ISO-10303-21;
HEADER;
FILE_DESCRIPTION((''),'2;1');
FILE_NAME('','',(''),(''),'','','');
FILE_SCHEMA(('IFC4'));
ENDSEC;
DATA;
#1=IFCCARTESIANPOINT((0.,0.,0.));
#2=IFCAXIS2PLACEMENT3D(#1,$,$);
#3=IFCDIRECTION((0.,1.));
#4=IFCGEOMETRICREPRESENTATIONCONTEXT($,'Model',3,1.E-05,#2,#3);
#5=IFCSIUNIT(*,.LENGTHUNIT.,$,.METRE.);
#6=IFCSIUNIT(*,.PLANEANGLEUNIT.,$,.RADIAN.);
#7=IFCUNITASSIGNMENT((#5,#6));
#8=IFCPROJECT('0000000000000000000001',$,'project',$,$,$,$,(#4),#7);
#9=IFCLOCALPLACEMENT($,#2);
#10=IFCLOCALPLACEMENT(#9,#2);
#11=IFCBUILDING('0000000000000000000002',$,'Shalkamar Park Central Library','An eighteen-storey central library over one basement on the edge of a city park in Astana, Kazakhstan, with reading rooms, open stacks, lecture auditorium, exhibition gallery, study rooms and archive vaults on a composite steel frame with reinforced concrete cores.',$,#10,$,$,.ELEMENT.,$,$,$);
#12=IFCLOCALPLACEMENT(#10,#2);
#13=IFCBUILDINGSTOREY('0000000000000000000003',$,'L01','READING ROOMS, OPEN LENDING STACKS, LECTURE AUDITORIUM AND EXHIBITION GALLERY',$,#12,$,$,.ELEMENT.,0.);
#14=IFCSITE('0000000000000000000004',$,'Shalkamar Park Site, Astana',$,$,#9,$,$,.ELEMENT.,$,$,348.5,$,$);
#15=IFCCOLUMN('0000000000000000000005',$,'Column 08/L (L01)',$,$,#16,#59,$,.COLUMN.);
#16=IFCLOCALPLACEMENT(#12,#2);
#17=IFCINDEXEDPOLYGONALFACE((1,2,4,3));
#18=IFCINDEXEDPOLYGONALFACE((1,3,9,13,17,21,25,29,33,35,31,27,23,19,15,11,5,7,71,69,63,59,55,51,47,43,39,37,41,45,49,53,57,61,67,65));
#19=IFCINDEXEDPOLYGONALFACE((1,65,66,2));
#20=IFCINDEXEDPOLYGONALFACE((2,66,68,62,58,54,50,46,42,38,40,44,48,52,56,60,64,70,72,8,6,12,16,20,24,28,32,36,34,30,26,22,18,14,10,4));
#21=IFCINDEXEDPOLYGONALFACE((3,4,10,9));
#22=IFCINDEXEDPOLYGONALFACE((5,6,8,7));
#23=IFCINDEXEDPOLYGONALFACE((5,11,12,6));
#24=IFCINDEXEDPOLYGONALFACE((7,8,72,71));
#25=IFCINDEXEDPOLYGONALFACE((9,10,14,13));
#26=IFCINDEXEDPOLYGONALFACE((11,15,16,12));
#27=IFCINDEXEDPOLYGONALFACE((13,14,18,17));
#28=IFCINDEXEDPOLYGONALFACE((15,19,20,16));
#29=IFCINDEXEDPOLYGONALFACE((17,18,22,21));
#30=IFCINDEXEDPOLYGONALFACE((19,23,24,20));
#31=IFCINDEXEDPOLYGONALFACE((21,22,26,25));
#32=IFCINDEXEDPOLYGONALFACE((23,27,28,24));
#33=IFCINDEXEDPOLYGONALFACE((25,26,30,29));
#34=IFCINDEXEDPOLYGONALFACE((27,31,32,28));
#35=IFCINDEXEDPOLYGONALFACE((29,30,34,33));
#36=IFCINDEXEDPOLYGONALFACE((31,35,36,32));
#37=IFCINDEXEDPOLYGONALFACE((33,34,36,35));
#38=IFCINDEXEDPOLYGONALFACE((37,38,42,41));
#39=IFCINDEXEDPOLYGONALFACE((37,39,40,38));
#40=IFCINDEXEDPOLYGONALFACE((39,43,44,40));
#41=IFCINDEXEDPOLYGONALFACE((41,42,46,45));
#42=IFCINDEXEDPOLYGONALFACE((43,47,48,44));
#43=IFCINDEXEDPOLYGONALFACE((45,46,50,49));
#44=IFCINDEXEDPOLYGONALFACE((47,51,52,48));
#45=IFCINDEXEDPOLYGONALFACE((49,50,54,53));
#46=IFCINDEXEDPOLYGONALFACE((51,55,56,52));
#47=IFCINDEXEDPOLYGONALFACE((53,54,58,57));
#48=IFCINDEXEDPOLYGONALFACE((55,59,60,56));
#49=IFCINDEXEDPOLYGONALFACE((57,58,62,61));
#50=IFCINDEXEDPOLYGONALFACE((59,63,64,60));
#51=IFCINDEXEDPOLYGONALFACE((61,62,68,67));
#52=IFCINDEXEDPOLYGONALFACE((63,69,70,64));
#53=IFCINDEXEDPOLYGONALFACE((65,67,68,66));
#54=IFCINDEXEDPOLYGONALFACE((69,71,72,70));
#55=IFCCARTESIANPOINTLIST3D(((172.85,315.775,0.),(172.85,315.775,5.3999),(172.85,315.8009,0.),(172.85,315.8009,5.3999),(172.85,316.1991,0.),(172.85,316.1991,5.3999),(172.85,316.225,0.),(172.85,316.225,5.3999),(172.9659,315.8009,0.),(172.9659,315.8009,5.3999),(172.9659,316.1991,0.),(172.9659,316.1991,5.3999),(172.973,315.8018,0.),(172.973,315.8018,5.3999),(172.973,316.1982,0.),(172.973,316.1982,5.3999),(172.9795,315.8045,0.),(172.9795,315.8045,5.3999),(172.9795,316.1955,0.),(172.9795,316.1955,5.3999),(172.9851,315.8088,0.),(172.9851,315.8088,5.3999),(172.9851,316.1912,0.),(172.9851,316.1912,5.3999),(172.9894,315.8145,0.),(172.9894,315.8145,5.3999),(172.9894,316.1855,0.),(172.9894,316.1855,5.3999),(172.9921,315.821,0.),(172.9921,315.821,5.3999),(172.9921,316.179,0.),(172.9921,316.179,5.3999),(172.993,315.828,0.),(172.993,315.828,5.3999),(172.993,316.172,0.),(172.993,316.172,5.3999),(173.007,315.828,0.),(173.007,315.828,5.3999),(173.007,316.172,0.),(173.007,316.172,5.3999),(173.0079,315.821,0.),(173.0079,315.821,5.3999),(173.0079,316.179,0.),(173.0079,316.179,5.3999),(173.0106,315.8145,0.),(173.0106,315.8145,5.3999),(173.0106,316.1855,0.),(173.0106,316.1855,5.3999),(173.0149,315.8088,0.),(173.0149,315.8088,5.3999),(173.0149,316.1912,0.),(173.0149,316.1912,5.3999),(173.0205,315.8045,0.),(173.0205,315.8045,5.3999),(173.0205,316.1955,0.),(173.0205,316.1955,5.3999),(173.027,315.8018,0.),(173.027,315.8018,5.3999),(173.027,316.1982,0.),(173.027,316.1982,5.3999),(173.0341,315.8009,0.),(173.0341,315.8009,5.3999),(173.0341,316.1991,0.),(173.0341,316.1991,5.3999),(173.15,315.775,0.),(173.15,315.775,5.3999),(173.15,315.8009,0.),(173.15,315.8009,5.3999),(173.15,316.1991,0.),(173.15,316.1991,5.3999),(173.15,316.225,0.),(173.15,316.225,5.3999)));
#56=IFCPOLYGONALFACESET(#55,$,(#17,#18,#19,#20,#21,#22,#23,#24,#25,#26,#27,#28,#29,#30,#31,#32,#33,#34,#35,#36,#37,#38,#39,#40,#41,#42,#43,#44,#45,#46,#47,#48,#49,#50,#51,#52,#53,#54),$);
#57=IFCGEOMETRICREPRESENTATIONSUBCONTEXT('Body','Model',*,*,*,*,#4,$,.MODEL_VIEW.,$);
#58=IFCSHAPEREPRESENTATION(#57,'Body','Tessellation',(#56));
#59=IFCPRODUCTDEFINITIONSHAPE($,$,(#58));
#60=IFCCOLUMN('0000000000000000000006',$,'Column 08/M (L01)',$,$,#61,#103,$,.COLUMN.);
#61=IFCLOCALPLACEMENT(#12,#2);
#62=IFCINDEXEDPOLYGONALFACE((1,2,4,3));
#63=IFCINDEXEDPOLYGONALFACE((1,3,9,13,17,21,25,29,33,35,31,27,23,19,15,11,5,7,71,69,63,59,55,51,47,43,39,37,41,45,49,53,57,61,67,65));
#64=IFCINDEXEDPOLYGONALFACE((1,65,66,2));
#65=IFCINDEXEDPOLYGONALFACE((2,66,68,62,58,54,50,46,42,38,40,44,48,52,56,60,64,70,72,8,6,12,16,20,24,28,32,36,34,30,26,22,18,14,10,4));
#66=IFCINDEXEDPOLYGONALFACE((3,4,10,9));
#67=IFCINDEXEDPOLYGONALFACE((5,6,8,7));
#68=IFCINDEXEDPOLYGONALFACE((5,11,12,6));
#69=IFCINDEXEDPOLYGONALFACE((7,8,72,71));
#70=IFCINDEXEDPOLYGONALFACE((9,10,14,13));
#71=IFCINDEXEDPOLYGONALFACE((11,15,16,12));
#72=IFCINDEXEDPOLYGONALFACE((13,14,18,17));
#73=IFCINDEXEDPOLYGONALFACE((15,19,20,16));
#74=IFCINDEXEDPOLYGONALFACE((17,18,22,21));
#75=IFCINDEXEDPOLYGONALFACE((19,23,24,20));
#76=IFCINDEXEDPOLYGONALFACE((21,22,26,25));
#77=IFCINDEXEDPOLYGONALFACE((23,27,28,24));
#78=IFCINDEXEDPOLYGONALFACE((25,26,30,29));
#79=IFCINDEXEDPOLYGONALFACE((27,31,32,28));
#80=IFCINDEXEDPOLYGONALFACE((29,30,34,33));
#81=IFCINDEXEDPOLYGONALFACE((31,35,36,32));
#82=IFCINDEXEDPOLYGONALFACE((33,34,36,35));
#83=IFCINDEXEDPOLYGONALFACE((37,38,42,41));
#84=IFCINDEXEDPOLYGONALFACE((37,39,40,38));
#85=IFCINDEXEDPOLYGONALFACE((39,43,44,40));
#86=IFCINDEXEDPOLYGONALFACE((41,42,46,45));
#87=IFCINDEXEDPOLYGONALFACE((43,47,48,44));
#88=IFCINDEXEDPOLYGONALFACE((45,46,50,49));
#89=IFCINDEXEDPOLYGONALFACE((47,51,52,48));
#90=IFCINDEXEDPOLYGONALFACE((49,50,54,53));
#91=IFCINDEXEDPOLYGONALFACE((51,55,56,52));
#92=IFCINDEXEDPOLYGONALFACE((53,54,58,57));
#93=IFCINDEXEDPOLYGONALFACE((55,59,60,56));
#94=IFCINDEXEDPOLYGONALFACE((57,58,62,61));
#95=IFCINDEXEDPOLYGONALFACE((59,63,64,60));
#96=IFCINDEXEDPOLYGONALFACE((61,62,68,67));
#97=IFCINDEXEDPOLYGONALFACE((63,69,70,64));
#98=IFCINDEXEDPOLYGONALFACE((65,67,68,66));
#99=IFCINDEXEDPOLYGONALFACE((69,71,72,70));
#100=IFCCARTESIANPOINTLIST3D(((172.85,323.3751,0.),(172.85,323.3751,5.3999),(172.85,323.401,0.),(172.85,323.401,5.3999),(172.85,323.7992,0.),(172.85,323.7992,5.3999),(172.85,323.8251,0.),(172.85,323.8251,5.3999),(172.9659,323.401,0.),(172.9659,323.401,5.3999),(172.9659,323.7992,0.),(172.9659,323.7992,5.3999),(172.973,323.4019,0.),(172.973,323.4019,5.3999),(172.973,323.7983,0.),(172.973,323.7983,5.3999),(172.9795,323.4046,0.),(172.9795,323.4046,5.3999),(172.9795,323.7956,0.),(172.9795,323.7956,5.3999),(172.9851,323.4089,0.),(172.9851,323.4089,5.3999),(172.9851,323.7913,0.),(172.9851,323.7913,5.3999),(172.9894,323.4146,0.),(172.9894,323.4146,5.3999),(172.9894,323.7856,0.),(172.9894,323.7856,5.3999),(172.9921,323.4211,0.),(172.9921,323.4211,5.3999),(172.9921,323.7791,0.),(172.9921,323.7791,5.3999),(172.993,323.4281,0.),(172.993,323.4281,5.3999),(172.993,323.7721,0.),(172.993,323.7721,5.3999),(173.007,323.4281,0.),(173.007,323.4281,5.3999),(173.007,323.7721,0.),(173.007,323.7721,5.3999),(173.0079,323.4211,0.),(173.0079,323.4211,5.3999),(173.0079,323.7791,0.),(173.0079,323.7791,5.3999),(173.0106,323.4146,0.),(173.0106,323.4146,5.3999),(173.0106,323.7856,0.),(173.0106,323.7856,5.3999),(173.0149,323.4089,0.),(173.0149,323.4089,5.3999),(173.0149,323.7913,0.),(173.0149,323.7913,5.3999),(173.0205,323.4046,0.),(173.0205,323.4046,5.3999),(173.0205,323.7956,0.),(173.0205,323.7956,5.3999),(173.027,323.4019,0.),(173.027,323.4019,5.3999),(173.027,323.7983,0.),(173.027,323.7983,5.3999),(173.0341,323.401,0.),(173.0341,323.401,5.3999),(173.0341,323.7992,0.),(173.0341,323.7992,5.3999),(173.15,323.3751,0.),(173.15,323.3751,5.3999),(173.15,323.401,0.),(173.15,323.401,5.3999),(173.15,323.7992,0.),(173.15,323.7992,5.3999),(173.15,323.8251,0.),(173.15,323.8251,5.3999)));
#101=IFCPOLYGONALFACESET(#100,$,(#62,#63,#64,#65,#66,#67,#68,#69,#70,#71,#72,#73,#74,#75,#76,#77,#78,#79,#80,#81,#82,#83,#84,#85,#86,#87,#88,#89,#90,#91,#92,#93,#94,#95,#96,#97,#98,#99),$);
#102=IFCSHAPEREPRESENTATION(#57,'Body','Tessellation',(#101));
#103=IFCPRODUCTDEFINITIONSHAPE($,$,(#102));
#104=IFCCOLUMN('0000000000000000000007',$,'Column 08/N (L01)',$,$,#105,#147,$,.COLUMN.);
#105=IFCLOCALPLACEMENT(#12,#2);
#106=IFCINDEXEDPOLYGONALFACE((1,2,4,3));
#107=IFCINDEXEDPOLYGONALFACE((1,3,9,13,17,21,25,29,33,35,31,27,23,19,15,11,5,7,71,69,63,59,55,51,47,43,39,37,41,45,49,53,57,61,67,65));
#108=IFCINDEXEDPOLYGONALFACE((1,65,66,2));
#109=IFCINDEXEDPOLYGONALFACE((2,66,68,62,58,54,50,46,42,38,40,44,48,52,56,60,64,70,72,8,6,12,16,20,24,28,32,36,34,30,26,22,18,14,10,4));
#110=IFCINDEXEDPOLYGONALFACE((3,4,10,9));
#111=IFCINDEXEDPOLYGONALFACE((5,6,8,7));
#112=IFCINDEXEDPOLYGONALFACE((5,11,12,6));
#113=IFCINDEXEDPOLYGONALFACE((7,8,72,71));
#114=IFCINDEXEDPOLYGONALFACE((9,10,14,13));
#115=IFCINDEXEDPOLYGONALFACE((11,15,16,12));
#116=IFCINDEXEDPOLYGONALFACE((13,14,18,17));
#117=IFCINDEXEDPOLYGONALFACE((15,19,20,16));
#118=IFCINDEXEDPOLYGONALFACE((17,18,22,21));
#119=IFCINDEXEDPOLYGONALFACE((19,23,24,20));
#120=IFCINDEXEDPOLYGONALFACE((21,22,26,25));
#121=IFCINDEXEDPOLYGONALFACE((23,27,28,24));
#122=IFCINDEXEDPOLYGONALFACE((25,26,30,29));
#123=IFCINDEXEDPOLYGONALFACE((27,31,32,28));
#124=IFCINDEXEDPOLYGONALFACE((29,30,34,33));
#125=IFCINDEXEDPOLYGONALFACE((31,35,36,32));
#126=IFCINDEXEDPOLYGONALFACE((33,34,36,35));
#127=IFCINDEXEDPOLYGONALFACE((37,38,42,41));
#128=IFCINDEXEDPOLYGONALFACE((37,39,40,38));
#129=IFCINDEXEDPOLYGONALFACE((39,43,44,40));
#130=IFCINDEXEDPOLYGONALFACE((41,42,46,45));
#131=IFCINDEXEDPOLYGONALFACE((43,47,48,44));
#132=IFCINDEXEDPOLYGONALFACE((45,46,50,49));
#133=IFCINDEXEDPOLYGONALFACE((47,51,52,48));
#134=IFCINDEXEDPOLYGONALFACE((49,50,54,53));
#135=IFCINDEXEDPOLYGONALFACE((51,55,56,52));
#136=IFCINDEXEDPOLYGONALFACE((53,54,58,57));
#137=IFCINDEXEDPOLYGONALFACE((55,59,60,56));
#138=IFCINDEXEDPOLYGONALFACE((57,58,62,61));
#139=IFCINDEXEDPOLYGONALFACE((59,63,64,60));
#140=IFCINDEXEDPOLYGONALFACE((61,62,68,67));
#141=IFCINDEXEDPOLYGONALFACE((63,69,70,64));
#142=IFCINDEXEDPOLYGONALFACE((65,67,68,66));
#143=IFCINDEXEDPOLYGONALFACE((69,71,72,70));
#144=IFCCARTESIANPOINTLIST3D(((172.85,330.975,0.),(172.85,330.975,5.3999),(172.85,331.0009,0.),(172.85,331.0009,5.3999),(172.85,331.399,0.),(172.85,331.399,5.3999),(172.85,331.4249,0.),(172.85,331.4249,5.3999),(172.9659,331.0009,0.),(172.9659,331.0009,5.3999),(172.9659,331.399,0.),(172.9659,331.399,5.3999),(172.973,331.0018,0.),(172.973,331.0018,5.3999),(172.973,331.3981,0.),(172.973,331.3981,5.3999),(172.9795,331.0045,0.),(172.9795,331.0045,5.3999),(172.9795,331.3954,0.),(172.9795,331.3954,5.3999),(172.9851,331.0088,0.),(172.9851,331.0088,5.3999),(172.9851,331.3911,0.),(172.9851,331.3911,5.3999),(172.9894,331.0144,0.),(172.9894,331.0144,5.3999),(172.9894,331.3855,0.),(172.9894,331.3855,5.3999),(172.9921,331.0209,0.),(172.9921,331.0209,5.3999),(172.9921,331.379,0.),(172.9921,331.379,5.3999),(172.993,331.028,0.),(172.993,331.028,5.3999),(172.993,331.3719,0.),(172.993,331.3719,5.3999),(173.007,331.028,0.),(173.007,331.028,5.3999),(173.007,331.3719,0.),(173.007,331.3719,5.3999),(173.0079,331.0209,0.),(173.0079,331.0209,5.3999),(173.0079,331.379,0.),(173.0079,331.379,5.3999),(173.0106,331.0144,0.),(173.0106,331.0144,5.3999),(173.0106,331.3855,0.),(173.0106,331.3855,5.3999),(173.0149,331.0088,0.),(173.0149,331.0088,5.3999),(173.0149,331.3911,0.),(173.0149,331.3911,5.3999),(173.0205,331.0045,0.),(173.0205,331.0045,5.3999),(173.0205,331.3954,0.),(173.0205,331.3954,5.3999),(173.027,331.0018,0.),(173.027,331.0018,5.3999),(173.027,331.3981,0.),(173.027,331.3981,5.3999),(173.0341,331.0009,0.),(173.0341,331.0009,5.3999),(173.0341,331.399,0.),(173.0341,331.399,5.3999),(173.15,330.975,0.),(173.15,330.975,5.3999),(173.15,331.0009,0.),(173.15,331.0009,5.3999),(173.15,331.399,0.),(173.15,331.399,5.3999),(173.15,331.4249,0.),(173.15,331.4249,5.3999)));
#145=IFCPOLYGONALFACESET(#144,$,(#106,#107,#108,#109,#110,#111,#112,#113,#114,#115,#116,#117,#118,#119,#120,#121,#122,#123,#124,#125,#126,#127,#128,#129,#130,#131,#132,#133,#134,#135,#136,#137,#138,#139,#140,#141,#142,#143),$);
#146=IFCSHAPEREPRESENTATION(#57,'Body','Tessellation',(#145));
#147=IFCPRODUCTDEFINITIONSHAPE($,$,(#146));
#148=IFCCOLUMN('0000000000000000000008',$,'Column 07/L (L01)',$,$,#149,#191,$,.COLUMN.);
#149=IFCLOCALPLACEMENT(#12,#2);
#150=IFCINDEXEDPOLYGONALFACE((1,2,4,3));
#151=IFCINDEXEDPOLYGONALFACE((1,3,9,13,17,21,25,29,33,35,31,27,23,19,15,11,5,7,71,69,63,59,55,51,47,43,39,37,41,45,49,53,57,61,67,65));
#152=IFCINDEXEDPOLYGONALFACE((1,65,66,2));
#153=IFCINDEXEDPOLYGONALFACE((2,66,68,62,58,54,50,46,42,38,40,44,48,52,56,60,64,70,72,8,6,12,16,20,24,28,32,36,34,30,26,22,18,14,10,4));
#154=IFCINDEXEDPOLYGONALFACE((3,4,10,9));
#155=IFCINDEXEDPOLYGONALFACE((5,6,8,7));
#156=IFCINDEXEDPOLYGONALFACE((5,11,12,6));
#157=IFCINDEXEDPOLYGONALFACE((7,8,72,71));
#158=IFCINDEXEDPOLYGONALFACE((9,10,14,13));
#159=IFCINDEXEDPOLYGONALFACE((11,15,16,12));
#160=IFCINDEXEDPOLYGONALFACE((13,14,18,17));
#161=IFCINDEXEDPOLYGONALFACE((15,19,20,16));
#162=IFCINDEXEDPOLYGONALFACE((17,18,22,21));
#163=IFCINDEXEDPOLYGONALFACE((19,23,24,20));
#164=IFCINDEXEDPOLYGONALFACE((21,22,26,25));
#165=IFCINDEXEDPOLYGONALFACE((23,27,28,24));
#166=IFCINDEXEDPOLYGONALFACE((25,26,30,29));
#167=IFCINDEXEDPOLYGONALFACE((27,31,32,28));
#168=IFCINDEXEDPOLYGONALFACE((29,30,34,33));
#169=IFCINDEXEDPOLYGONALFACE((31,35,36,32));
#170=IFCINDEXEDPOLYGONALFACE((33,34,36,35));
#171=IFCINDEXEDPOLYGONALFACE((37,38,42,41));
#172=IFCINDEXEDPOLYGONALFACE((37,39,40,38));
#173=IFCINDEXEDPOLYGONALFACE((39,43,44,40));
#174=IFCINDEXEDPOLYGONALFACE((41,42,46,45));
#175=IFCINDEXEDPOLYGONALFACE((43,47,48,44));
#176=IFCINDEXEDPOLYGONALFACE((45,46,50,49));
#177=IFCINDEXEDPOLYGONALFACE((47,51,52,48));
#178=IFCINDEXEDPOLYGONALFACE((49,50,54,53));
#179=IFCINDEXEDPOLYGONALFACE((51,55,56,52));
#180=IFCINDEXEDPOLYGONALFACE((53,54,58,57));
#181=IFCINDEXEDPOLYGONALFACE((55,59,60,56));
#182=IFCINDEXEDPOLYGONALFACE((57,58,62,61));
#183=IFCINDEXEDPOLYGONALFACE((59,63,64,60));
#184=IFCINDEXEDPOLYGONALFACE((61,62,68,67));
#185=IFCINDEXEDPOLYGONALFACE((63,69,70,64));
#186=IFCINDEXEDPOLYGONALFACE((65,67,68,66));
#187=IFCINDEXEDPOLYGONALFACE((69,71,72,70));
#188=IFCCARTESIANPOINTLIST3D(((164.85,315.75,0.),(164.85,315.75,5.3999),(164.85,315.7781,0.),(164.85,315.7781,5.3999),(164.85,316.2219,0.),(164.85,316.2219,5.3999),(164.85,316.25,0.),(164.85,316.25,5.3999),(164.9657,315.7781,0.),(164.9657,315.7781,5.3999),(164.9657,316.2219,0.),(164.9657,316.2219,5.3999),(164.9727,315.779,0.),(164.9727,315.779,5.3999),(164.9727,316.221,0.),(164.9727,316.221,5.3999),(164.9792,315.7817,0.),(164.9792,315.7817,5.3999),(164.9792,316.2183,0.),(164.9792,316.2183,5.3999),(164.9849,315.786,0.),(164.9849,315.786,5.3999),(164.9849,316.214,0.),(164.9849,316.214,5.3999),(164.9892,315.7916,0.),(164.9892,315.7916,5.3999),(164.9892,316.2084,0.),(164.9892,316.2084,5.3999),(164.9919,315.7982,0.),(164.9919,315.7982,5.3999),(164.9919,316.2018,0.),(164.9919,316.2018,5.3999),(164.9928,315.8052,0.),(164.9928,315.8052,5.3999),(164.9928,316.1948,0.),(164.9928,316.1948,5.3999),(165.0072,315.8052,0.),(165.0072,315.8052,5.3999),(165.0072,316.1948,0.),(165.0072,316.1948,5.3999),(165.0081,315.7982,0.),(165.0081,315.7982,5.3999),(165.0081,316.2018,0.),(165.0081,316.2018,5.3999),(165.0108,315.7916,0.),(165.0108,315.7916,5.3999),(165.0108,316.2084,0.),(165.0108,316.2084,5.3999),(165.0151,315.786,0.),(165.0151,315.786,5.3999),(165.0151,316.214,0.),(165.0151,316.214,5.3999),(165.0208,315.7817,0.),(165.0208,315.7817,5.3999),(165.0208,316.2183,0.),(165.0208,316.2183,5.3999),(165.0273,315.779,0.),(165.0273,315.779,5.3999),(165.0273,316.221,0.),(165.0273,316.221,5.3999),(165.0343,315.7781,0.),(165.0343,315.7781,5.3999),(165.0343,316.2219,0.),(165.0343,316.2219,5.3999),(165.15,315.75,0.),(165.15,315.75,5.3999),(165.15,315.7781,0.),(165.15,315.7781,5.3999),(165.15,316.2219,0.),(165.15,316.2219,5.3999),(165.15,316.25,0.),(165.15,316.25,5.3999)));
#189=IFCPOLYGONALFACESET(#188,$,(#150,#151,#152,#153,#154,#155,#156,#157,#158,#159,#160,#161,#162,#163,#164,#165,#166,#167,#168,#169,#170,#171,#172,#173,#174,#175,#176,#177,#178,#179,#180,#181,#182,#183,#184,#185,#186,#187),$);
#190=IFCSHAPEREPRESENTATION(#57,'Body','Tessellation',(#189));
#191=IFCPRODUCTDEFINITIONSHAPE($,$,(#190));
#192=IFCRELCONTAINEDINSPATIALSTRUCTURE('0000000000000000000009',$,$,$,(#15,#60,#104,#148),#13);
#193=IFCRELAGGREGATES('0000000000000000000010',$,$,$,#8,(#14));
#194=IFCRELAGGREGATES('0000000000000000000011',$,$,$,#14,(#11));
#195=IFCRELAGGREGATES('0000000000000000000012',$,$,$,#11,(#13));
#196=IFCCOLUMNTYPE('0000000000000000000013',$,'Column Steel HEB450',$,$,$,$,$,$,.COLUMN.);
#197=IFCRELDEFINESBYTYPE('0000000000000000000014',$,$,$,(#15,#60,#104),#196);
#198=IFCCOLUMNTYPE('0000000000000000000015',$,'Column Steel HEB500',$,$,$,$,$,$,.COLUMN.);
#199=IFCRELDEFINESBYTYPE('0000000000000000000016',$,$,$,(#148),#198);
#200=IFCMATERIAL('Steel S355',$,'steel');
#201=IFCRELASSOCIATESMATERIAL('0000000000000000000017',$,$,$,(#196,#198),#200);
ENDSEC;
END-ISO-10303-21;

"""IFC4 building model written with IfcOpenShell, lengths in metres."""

from ifc_helpers import new_model, si_unit, direction, frame, origin, origin_2d, place, context, subcontext, project, spatial, i_section, extrude, material, material_profile, profile_set, type_object, element, save


model = new_model("IFC4")

# Units and contexts
model_context = context("Model", 3, precision=1e-05, world=origin(), true_north=direction((0.0, 1.0)))
body_context = subcontext(model_context, "Body", "Model", "MODEL_VIEW")
ifc_project = project(units=[si_unit("LENGTHUNIT", "METRE"), si_unit("PLANEANGLEUNIT", "RADIAN")], contexts=[model_context])

# Site, building, storey
site_placement = place(None, origin())
site = spatial("IfcSite", under=ifc_project, at=site_placement, Name="Shalkamar Park Site, Astana", CompositionType="ELEMENT", RefElevation=348.5)
building_placement = place(site_placement, origin())
building = spatial("IfcBuilding", under=site, at=building_placement, Name="Shalkamar Park Central Library", Description="An eighteen-storey central library over one basement on the edge of a city park in Astana, Kazakhstan, with reading rooms, open stacks, lecture auditorium, exhibition gallery, study rooms and archive vaults on a composite steel frame with reinforced concrete cores.", CompositionType="ELEMENT")
storey_placement = place(building_placement, origin())
storey = spatial("IfcBuildingStorey", under=building, at=storey_placement, Name="L01", Description="READING ROOMS, OPEN LENDING STACKS, LECTURE AUDITORIUM AND EXHIBITION GALLERY", CompositionType="ELEMENT", Elevation=0.0)

# Columns
ifc_material_1 = material(Name="Steel S355", Category="steel")
ifc_material_profile_1 = material_profile(ifc_material_1, i_section(OverallWidth=0.3, OverallDepth=0.45, WebThickness=0.0139, FlangeThickness=0.0259, FilletRadius=0.0271, at=origin_2d()), Name="HEB 450")
ifc_profile_set_1 = profile_set([ifc_material_profile_1], Name="Steel S355")
column_type_1 = type_object("IfcColumnType", Name="Column Steel HEB450", PredefinedType="COLUMN", material=ifc_profile_set_1)
for number, where, z_axis, x_axis, name in (
    (1, (173.0, 316.0, 0.0), (0.0, 0.0, 1.0), (1.0, 0.0, 0.0), "Column 08/L (L01)"),
    (2, (173.0, 323.6001, 0.0), (0.0, 0.0, 1.0), (1.0, 0.0, 0.0), "Column 08/M (L01)"),
    (3, (173.0, 331.2, 0.0), (0.0, 0.0, 1.0), (1.0, 0.0, 0.0), "Column 08/N (L01)"),
):
    element("IfcColumn", number, at=place(storey_placement, frame(where, z_axis=z_axis, x_axis=x_axis)), inside=storey, type_object=column_type_1, Name=name, PredefinedType="COLUMN", context=body_context, shape_type="SweptSolid", body=[
        extrude(i_section(OverallWidth=0.3, OverallDepth=0.45, WebThickness=0.0139, FlangeThickness=0.0259, FilletRadius=0.0271, at=origin_2d()), origin(), (0.0, 0.0, 1.0), 5.3999),
    ])
ifc_material_profile_2 = material_profile(ifc_material_1, i_section(OverallWidth=0.3, OverallDepth=0.5, WebThickness=0.0144, FlangeThickness=0.0281, FilletRadius=0.0271, at=origin_2d()), Name="HEB 500")
ifc_profile_set_2 = profile_set([ifc_material_profile_2], Name="Steel S355")
column_type_2 = type_object("IfcColumnType", Name="Column Steel HEB500", PredefinedType="COLUMN", material=ifc_profile_set_2)
for number, where, z_axis, x_axis, name in (
    (4, (165.0, 316.0, 0.0), (0.0, 0.0, 1.0), (1.0, 0.0, 0.0), "Column 07/L (L01)"),
):
    element("IfcColumn", number, at=place(storey_placement, frame(where, z_axis=z_axis, x_axis=x_axis)), inside=storey, type_object=column_type_2, Name=name, PredefinedType="COLUMN", context=body_context, shape_type="SweptSolid", body=[
        extrude(i_section(OverallWidth=0.3, OverallDepth=0.5, WebThickness=0.0144, FlangeThickness=0.0281, FilletRadius=0.0271, at=origin_2d()), origin(), (0.0, 0.0, 1.0), 5.3999),
    ])

save(model, "model.ifc")
